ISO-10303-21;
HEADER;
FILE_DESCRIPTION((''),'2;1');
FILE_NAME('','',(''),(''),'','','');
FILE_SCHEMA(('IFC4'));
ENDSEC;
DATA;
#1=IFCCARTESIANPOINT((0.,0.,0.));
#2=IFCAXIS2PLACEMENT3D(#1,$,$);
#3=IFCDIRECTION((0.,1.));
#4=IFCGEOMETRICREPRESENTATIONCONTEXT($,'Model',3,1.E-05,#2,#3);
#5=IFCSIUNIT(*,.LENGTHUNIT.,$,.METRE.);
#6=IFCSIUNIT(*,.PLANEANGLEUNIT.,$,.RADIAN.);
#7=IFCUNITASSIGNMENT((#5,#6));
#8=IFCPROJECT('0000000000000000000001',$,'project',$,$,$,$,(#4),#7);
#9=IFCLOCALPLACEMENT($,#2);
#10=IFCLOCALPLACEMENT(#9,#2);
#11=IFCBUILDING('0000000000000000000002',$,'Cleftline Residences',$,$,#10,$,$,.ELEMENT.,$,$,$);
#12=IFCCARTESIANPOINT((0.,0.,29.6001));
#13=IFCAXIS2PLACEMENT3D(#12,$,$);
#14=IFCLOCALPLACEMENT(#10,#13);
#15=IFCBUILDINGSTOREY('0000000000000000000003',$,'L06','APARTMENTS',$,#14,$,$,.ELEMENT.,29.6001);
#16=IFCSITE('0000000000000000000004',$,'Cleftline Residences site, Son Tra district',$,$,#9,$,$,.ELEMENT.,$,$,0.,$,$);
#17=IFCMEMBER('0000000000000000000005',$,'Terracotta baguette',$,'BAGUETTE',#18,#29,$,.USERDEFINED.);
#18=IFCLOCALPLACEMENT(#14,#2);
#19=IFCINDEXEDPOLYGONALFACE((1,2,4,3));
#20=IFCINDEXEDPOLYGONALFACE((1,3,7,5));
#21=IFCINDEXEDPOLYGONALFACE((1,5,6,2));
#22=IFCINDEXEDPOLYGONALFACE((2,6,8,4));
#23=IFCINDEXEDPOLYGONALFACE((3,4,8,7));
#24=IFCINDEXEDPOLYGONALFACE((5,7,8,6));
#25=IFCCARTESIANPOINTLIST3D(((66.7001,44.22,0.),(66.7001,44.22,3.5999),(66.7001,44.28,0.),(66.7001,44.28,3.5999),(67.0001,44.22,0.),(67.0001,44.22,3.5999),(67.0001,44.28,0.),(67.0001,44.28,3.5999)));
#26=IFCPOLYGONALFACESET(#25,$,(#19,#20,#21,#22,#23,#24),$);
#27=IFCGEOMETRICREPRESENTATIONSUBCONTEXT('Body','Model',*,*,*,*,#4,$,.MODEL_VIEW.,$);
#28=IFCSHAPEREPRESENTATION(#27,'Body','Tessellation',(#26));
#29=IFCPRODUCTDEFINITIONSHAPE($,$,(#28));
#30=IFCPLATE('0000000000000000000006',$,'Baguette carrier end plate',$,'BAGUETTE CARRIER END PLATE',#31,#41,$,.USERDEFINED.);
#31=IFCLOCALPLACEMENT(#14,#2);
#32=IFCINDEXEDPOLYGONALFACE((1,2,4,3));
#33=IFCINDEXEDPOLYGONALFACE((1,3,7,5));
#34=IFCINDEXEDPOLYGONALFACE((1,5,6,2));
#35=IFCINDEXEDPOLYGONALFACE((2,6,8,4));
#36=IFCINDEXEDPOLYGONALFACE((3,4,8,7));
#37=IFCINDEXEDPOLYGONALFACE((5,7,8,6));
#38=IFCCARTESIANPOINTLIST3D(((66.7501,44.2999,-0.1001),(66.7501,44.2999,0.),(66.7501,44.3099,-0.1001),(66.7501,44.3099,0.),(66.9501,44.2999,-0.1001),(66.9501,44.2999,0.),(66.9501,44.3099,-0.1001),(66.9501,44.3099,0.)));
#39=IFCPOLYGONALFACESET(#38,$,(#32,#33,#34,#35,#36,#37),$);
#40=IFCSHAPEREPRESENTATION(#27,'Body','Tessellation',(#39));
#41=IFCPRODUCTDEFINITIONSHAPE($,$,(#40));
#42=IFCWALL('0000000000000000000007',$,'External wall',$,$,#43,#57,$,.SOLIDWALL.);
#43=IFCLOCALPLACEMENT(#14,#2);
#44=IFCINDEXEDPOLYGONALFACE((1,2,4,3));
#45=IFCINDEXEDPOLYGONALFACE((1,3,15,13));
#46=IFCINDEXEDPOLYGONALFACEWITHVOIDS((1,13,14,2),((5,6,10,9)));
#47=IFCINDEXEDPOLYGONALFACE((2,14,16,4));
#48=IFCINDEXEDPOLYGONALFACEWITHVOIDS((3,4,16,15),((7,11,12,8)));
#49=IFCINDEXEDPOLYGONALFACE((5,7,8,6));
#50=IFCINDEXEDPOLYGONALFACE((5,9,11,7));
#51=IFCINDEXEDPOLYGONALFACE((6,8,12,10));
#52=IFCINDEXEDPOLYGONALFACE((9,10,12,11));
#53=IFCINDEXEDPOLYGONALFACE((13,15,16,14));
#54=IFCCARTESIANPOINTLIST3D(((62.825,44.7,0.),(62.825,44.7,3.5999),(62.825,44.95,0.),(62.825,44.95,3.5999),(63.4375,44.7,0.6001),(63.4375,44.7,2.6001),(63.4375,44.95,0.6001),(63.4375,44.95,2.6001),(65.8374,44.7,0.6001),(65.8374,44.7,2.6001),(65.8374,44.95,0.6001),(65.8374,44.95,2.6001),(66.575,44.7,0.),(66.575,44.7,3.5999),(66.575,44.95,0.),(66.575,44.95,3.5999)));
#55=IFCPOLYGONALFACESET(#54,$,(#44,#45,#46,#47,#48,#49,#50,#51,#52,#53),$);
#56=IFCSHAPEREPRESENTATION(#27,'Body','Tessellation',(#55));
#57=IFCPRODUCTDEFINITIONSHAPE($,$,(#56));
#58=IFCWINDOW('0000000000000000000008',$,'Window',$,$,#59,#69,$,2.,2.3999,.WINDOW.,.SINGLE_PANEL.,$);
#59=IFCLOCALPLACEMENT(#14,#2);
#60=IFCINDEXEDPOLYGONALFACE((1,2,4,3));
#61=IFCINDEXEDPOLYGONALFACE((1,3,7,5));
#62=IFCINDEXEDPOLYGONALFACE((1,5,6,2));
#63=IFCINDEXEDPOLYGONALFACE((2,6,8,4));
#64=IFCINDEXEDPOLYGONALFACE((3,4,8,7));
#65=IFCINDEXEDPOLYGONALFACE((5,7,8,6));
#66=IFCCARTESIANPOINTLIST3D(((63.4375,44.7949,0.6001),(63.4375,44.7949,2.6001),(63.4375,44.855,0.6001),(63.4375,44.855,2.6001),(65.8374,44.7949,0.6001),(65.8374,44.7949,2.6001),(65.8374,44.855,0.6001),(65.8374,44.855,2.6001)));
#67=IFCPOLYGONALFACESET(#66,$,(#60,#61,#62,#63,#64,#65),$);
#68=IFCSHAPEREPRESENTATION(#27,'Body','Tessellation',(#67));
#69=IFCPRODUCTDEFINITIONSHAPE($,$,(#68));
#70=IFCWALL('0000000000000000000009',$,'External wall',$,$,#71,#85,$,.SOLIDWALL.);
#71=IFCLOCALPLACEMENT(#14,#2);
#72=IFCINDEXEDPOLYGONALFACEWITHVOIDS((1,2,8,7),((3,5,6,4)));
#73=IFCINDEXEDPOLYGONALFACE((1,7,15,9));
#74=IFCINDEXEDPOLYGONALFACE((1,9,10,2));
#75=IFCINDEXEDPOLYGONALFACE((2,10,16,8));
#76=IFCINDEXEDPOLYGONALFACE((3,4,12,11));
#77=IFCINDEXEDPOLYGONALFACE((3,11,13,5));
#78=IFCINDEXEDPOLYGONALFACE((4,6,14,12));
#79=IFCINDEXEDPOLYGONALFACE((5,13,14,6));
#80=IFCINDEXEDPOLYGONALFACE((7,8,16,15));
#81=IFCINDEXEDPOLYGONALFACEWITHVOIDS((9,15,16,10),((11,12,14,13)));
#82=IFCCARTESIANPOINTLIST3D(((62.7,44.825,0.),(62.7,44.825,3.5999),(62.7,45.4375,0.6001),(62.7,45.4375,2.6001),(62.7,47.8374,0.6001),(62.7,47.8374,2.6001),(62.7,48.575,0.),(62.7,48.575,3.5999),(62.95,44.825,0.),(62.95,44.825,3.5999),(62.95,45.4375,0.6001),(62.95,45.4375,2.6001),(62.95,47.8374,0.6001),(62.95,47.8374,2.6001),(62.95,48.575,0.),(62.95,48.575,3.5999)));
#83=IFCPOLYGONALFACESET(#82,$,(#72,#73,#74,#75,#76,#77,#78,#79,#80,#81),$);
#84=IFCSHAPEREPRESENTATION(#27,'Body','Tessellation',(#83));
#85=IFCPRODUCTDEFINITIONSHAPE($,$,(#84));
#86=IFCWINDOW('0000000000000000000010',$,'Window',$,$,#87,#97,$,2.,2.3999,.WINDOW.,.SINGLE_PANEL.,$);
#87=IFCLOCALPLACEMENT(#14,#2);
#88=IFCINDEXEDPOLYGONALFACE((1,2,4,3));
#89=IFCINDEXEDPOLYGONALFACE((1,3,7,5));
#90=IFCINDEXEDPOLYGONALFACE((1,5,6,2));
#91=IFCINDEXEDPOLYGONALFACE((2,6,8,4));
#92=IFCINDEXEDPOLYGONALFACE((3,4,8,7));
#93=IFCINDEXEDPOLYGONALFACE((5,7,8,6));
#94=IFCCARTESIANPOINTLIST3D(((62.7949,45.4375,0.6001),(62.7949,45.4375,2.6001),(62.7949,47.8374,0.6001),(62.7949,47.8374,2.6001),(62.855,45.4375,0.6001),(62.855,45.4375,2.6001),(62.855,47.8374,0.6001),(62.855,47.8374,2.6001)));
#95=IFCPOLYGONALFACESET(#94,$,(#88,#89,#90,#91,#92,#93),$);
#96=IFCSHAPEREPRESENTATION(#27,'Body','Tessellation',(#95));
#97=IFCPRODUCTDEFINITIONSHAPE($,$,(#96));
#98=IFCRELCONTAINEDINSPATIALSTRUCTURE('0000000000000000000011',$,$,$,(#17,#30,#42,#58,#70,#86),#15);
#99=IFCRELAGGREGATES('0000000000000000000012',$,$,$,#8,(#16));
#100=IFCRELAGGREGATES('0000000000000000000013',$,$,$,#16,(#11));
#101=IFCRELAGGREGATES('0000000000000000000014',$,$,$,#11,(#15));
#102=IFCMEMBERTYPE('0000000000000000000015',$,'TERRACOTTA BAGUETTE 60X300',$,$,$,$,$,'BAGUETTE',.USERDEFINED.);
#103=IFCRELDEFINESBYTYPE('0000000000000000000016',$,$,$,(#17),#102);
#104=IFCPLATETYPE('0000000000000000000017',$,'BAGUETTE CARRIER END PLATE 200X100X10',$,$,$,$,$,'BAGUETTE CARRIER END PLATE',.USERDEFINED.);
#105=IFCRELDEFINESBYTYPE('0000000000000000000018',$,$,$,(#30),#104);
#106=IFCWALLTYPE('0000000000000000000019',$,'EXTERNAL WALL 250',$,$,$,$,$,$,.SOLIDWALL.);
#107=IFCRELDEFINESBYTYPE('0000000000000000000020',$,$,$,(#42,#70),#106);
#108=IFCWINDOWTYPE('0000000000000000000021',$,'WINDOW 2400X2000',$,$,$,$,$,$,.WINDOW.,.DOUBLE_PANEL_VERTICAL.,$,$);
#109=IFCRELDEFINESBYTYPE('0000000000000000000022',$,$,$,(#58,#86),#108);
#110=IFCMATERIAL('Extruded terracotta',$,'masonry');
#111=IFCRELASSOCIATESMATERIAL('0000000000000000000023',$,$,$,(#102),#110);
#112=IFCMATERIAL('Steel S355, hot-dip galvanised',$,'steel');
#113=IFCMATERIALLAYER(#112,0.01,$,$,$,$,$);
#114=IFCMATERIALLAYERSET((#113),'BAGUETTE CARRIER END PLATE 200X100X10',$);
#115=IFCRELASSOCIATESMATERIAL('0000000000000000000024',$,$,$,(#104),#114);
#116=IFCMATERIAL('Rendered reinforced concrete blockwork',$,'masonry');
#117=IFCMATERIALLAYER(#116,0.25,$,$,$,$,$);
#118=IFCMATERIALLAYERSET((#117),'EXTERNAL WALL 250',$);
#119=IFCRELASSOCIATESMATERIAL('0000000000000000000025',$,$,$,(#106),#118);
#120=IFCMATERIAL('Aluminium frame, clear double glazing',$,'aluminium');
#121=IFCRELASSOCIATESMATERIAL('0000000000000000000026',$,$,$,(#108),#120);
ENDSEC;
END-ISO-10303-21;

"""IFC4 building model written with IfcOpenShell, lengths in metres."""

from ifc_helpers import new_model, si_unit, direction, frame, frame_2d, origin, origin_2d, place, context, subcontext, project, spatial, rectangle, extrude, material, layer, layer_set, material_profile, profile_set, type_object, element, fill, save


model = new_model("IFC4")

# Units and contexts
model_context = context("Model", 3, precision=1e-05, world=origin(), true_north=direction((0.0, 1.0)))
body_context = subcontext(model_context, "Body", "Model", "MODEL_VIEW")
ifc_project = project(units=[si_unit("LENGTHUNIT", "METRE"), si_unit("PLANEANGLEUNIT", "RADIAN")], contexts=[model_context])

# Site, building, storey
site_placement = place(None, origin())
site = spatial("IfcSite", under=ifc_project, at=site_placement, Name="Cleftline Residences site, Son Tra district", CompositionType="ELEMENT", RefElevation=0.0)
building_placement = place(site_placement, origin())
building = spatial("IfcBuilding", under=site, at=building_placement, Name="Cleftline Residences", CompositionType="ELEMENT")
storey_placement = place(building_placement, frame((0.0, 0.0, 29.6001)))
storey = spatial("IfcBuildingStorey", under=building, at=storey_placement, Name="L06", Description="APARTMENTS", CompositionType="ELEMENT", Elevation=29.6001)

# Member
ifc_material_1 = material(Name="Extruded terracotta", Category="masonry")
ifc_material_profile_1 = material_profile(ifc_material_1, rectangle(XDim=0.0601, YDim=0.3, at=origin_2d()))
ifc_profile_set_1 = profile_set([ifc_material_profile_1], Name="Extruded terracotta")
member_type_1 = type_object("IfcMemberType", Name="TERRACOTTA BAGUETTE 60X300", ElementType="BAGUETTE", PredefinedType="USERDEFINED", material=ifc_profile_set_1)
for number, where, z_axis, x_axis, name in (
    (1, (66.8501, 44.25, 0.0), (0.0, 0.0, 1.0), (0.0, 1.0, 0.0), "Terracotta baguette"),
):
    element("IfcMember", number, at=place(storey_placement, frame(where, z_axis=z_axis, x_axis=x_axis)), inside=storey, type_object=member_type_1, Name=name, ObjectType="BAGUETTE", PredefinedType="USERDEFINED", context=body_context, shape_type="SweptSolid", body=[
        extrude(rectangle(XDim=0.0601, YDim=0.3, at=origin_2d()), origin(), (0.0, 0.0, 1.0), 3.5999),
    ])

# Plate
ifc_material_2 = material(Name="Steel S355, hot-dip galvanised", Category="steel")
ifc_layer_1 = layer(ifc_material_2, 0.01)
ifc_layer_set_1 = layer_set([ifc_layer_1], Name="BAGUETTE CARRIER END PLATE 200X100X10")
plate_type = type_object("IfcPlateType", Name="BAGUETTE CARRIER END PLATE 200X100X10", ElementType="BAGUETTE CARRIER END PLATE", PredefinedType="USERDEFINED", material=ifc_layer_set_1)
plate_placement = place(storey_placement, frame((66.8501, 44.3049, -0.1001), z_axis=(0.0, 0.0, 1.0), x_axis=(1.0, 0.0, 0.0)))
element("IfcPlate", 2, at=plate_placement, inside=storey, type_object=plate_type, Name="Baguette carrier end plate", ObjectType="BAGUETTE CARRIER END PLATE", PredefinedType="USERDEFINED", context=body_context, shape_type="SweptSolid", body=[
    extrude(rectangle(XDim=0.2, YDim=0.01, at=origin_2d()), origin(), (0.0, 0.0, 1.0), 0.1001),
])

# Walls, openings, windows
ifc_material_3 = material(Name="Rendered reinforced concrete blockwork", Category="masonry")
ifc_layer_2 = layer(ifc_material_3, 0.25)
ifc_layer_set_2 = layer_set([ifc_layer_2], Name="EXTERNAL WALL 250")
wall_type = type_object("IfcWallType", Name="EXTERNAL WALL 250", PredefinedType="SOLIDWALL", material=ifc_layer_set_2)
wall_1_placement = place(storey_placement, frame((66.575, 44.825, 0.0), z_axis=(0.0, 0.0, 1.0), x_axis=(-1.0, 0.0, 0.0)))
wall_1 = element("IfcWall", 3, at=wall_1_placement, inside=storey, type_object=wall_type, Name="External wall", PredefinedType="SOLIDWALL", context=body_context, shape_type="SweptSolid", body=[
    extrude(rectangle(XDim=3.75, YDim=0.25, at=frame_2d((1.875, 0.0))), origin(), (0.0, 0.0, 1.0), 3.5999),
])
opening_1_placement = place(wall_1_placement, frame((0.7375, 0.0, 0.6001)))
opening_1 = element("IfcOpeningElement", 4, at=opening_1_placement, cuts=wall_1, PredefinedType="OPENING", context=body_context, shape_type="SweptSolid", body=[
    extrude(rectangle(XDim=2.3999, YDim=2.0, at=frame_2d((1.2, 1.0))), frame((0.0, 0.135, 0.0), z_axis=(0.0, -1.0, 0.0), x_axis=(1.0, 0.0, 0.0)), (0.0, 0.0, 1.0), 0.27),
])
ifc_material_4 = material(Name="Aluminium frame, clear double glazing", Category="aluminium")
window_type_1 = type_object("IfcWindowType", Name="WINDOW 2400X2000", PartitioningType="DOUBLE_PANEL_VERTICAL", PredefinedType="WINDOW", material=ifc_material_4)
window_1_placement = place(opening_1_placement, origin())
window_1 = element("IfcWindow", 5, at=window_1_placement, inside=storey, type_object=window_type_1, Name="Window", OverallHeight=2.0, OverallWidth=2.3999, PartitioningType="SINGLE_PANEL", PredefinedType="WINDOW", context=body_context, shape_type="SweptSolid", body=[
    extrude(rectangle(XDim=2.3999, YDim=2.0, at=frame_2d((1.2, 1.0))), frame((0.0, 0.03, 0.0), z_axis=(0.0, -1.0, 0.0), x_axis=(1.0, 0.0, 0.0)), (0.0, 0.0, 1.0), 0.0601),
])
fill(opening_1, window_1)
wall_2_placement = place(storey_placement, frame((62.825, 44.825, 0.0), z_axis=(0.0, 0.0, 1.0), x_axis=(0.0, 1.0, 0.0)))
wall_2 = element("IfcWall", 6, at=wall_2_placement, inside=storey, type_object=wall_type, Name="External wall", PredefinedType="SOLIDWALL", context=body_context, shape_type="SweptSolid", body=[
    extrude(rectangle(XDim=3.75, YDim=0.25, at=frame_2d((1.875, 0.0))), origin(), (0.0, 0.0, 1.0), 3.5999),
])
opening_2_placement = place(wall_2_placement, frame((0.6125, 0.0, 0.6001)))
opening_2 = element("IfcOpeningElement", 7, at=opening_2_placement, cuts=wall_2, PredefinedType="OPENING", context=body_context, shape_type="SweptSolid", body=[
    extrude(rectangle(XDim=2.3999, YDim=2.0, at=frame_2d((1.2, 1.0))), frame((0.0, 0.135, 0.0), z_axis=(0.0, -1.0, 0.0), x_axis=(1.0, 0.0, 0.0)), (0.0, 0.0, 1.0), 0.27),
])
window_2_placement = place(opening_2_placement, origin())
window_2 = element("IfcWindow", 8, at=window_2_placement, inside=storey, type_object=window_type_1, Name="Window", OverallHeight=2.0, OverallWidth=2.3999, PartitioningType="SINGLE_PANEL", PredefinedType="WINDOW", context=body_context, shape_type="SweptSolid", body=[
    extrude(rectangle(XDim=2.3999, YDim=2.0, at=frame_2d((1.2, 1.0))), frame((0.0, 0.03, 0.0), z_axis=(0.0, -1.0, 0.0), x_axis=(1.0, 0.0, 0.0)), (0.0, 0.0, 1.0), 0.0601),
])
fill(opening_2, window_2)

save(model, "model.ifc")
